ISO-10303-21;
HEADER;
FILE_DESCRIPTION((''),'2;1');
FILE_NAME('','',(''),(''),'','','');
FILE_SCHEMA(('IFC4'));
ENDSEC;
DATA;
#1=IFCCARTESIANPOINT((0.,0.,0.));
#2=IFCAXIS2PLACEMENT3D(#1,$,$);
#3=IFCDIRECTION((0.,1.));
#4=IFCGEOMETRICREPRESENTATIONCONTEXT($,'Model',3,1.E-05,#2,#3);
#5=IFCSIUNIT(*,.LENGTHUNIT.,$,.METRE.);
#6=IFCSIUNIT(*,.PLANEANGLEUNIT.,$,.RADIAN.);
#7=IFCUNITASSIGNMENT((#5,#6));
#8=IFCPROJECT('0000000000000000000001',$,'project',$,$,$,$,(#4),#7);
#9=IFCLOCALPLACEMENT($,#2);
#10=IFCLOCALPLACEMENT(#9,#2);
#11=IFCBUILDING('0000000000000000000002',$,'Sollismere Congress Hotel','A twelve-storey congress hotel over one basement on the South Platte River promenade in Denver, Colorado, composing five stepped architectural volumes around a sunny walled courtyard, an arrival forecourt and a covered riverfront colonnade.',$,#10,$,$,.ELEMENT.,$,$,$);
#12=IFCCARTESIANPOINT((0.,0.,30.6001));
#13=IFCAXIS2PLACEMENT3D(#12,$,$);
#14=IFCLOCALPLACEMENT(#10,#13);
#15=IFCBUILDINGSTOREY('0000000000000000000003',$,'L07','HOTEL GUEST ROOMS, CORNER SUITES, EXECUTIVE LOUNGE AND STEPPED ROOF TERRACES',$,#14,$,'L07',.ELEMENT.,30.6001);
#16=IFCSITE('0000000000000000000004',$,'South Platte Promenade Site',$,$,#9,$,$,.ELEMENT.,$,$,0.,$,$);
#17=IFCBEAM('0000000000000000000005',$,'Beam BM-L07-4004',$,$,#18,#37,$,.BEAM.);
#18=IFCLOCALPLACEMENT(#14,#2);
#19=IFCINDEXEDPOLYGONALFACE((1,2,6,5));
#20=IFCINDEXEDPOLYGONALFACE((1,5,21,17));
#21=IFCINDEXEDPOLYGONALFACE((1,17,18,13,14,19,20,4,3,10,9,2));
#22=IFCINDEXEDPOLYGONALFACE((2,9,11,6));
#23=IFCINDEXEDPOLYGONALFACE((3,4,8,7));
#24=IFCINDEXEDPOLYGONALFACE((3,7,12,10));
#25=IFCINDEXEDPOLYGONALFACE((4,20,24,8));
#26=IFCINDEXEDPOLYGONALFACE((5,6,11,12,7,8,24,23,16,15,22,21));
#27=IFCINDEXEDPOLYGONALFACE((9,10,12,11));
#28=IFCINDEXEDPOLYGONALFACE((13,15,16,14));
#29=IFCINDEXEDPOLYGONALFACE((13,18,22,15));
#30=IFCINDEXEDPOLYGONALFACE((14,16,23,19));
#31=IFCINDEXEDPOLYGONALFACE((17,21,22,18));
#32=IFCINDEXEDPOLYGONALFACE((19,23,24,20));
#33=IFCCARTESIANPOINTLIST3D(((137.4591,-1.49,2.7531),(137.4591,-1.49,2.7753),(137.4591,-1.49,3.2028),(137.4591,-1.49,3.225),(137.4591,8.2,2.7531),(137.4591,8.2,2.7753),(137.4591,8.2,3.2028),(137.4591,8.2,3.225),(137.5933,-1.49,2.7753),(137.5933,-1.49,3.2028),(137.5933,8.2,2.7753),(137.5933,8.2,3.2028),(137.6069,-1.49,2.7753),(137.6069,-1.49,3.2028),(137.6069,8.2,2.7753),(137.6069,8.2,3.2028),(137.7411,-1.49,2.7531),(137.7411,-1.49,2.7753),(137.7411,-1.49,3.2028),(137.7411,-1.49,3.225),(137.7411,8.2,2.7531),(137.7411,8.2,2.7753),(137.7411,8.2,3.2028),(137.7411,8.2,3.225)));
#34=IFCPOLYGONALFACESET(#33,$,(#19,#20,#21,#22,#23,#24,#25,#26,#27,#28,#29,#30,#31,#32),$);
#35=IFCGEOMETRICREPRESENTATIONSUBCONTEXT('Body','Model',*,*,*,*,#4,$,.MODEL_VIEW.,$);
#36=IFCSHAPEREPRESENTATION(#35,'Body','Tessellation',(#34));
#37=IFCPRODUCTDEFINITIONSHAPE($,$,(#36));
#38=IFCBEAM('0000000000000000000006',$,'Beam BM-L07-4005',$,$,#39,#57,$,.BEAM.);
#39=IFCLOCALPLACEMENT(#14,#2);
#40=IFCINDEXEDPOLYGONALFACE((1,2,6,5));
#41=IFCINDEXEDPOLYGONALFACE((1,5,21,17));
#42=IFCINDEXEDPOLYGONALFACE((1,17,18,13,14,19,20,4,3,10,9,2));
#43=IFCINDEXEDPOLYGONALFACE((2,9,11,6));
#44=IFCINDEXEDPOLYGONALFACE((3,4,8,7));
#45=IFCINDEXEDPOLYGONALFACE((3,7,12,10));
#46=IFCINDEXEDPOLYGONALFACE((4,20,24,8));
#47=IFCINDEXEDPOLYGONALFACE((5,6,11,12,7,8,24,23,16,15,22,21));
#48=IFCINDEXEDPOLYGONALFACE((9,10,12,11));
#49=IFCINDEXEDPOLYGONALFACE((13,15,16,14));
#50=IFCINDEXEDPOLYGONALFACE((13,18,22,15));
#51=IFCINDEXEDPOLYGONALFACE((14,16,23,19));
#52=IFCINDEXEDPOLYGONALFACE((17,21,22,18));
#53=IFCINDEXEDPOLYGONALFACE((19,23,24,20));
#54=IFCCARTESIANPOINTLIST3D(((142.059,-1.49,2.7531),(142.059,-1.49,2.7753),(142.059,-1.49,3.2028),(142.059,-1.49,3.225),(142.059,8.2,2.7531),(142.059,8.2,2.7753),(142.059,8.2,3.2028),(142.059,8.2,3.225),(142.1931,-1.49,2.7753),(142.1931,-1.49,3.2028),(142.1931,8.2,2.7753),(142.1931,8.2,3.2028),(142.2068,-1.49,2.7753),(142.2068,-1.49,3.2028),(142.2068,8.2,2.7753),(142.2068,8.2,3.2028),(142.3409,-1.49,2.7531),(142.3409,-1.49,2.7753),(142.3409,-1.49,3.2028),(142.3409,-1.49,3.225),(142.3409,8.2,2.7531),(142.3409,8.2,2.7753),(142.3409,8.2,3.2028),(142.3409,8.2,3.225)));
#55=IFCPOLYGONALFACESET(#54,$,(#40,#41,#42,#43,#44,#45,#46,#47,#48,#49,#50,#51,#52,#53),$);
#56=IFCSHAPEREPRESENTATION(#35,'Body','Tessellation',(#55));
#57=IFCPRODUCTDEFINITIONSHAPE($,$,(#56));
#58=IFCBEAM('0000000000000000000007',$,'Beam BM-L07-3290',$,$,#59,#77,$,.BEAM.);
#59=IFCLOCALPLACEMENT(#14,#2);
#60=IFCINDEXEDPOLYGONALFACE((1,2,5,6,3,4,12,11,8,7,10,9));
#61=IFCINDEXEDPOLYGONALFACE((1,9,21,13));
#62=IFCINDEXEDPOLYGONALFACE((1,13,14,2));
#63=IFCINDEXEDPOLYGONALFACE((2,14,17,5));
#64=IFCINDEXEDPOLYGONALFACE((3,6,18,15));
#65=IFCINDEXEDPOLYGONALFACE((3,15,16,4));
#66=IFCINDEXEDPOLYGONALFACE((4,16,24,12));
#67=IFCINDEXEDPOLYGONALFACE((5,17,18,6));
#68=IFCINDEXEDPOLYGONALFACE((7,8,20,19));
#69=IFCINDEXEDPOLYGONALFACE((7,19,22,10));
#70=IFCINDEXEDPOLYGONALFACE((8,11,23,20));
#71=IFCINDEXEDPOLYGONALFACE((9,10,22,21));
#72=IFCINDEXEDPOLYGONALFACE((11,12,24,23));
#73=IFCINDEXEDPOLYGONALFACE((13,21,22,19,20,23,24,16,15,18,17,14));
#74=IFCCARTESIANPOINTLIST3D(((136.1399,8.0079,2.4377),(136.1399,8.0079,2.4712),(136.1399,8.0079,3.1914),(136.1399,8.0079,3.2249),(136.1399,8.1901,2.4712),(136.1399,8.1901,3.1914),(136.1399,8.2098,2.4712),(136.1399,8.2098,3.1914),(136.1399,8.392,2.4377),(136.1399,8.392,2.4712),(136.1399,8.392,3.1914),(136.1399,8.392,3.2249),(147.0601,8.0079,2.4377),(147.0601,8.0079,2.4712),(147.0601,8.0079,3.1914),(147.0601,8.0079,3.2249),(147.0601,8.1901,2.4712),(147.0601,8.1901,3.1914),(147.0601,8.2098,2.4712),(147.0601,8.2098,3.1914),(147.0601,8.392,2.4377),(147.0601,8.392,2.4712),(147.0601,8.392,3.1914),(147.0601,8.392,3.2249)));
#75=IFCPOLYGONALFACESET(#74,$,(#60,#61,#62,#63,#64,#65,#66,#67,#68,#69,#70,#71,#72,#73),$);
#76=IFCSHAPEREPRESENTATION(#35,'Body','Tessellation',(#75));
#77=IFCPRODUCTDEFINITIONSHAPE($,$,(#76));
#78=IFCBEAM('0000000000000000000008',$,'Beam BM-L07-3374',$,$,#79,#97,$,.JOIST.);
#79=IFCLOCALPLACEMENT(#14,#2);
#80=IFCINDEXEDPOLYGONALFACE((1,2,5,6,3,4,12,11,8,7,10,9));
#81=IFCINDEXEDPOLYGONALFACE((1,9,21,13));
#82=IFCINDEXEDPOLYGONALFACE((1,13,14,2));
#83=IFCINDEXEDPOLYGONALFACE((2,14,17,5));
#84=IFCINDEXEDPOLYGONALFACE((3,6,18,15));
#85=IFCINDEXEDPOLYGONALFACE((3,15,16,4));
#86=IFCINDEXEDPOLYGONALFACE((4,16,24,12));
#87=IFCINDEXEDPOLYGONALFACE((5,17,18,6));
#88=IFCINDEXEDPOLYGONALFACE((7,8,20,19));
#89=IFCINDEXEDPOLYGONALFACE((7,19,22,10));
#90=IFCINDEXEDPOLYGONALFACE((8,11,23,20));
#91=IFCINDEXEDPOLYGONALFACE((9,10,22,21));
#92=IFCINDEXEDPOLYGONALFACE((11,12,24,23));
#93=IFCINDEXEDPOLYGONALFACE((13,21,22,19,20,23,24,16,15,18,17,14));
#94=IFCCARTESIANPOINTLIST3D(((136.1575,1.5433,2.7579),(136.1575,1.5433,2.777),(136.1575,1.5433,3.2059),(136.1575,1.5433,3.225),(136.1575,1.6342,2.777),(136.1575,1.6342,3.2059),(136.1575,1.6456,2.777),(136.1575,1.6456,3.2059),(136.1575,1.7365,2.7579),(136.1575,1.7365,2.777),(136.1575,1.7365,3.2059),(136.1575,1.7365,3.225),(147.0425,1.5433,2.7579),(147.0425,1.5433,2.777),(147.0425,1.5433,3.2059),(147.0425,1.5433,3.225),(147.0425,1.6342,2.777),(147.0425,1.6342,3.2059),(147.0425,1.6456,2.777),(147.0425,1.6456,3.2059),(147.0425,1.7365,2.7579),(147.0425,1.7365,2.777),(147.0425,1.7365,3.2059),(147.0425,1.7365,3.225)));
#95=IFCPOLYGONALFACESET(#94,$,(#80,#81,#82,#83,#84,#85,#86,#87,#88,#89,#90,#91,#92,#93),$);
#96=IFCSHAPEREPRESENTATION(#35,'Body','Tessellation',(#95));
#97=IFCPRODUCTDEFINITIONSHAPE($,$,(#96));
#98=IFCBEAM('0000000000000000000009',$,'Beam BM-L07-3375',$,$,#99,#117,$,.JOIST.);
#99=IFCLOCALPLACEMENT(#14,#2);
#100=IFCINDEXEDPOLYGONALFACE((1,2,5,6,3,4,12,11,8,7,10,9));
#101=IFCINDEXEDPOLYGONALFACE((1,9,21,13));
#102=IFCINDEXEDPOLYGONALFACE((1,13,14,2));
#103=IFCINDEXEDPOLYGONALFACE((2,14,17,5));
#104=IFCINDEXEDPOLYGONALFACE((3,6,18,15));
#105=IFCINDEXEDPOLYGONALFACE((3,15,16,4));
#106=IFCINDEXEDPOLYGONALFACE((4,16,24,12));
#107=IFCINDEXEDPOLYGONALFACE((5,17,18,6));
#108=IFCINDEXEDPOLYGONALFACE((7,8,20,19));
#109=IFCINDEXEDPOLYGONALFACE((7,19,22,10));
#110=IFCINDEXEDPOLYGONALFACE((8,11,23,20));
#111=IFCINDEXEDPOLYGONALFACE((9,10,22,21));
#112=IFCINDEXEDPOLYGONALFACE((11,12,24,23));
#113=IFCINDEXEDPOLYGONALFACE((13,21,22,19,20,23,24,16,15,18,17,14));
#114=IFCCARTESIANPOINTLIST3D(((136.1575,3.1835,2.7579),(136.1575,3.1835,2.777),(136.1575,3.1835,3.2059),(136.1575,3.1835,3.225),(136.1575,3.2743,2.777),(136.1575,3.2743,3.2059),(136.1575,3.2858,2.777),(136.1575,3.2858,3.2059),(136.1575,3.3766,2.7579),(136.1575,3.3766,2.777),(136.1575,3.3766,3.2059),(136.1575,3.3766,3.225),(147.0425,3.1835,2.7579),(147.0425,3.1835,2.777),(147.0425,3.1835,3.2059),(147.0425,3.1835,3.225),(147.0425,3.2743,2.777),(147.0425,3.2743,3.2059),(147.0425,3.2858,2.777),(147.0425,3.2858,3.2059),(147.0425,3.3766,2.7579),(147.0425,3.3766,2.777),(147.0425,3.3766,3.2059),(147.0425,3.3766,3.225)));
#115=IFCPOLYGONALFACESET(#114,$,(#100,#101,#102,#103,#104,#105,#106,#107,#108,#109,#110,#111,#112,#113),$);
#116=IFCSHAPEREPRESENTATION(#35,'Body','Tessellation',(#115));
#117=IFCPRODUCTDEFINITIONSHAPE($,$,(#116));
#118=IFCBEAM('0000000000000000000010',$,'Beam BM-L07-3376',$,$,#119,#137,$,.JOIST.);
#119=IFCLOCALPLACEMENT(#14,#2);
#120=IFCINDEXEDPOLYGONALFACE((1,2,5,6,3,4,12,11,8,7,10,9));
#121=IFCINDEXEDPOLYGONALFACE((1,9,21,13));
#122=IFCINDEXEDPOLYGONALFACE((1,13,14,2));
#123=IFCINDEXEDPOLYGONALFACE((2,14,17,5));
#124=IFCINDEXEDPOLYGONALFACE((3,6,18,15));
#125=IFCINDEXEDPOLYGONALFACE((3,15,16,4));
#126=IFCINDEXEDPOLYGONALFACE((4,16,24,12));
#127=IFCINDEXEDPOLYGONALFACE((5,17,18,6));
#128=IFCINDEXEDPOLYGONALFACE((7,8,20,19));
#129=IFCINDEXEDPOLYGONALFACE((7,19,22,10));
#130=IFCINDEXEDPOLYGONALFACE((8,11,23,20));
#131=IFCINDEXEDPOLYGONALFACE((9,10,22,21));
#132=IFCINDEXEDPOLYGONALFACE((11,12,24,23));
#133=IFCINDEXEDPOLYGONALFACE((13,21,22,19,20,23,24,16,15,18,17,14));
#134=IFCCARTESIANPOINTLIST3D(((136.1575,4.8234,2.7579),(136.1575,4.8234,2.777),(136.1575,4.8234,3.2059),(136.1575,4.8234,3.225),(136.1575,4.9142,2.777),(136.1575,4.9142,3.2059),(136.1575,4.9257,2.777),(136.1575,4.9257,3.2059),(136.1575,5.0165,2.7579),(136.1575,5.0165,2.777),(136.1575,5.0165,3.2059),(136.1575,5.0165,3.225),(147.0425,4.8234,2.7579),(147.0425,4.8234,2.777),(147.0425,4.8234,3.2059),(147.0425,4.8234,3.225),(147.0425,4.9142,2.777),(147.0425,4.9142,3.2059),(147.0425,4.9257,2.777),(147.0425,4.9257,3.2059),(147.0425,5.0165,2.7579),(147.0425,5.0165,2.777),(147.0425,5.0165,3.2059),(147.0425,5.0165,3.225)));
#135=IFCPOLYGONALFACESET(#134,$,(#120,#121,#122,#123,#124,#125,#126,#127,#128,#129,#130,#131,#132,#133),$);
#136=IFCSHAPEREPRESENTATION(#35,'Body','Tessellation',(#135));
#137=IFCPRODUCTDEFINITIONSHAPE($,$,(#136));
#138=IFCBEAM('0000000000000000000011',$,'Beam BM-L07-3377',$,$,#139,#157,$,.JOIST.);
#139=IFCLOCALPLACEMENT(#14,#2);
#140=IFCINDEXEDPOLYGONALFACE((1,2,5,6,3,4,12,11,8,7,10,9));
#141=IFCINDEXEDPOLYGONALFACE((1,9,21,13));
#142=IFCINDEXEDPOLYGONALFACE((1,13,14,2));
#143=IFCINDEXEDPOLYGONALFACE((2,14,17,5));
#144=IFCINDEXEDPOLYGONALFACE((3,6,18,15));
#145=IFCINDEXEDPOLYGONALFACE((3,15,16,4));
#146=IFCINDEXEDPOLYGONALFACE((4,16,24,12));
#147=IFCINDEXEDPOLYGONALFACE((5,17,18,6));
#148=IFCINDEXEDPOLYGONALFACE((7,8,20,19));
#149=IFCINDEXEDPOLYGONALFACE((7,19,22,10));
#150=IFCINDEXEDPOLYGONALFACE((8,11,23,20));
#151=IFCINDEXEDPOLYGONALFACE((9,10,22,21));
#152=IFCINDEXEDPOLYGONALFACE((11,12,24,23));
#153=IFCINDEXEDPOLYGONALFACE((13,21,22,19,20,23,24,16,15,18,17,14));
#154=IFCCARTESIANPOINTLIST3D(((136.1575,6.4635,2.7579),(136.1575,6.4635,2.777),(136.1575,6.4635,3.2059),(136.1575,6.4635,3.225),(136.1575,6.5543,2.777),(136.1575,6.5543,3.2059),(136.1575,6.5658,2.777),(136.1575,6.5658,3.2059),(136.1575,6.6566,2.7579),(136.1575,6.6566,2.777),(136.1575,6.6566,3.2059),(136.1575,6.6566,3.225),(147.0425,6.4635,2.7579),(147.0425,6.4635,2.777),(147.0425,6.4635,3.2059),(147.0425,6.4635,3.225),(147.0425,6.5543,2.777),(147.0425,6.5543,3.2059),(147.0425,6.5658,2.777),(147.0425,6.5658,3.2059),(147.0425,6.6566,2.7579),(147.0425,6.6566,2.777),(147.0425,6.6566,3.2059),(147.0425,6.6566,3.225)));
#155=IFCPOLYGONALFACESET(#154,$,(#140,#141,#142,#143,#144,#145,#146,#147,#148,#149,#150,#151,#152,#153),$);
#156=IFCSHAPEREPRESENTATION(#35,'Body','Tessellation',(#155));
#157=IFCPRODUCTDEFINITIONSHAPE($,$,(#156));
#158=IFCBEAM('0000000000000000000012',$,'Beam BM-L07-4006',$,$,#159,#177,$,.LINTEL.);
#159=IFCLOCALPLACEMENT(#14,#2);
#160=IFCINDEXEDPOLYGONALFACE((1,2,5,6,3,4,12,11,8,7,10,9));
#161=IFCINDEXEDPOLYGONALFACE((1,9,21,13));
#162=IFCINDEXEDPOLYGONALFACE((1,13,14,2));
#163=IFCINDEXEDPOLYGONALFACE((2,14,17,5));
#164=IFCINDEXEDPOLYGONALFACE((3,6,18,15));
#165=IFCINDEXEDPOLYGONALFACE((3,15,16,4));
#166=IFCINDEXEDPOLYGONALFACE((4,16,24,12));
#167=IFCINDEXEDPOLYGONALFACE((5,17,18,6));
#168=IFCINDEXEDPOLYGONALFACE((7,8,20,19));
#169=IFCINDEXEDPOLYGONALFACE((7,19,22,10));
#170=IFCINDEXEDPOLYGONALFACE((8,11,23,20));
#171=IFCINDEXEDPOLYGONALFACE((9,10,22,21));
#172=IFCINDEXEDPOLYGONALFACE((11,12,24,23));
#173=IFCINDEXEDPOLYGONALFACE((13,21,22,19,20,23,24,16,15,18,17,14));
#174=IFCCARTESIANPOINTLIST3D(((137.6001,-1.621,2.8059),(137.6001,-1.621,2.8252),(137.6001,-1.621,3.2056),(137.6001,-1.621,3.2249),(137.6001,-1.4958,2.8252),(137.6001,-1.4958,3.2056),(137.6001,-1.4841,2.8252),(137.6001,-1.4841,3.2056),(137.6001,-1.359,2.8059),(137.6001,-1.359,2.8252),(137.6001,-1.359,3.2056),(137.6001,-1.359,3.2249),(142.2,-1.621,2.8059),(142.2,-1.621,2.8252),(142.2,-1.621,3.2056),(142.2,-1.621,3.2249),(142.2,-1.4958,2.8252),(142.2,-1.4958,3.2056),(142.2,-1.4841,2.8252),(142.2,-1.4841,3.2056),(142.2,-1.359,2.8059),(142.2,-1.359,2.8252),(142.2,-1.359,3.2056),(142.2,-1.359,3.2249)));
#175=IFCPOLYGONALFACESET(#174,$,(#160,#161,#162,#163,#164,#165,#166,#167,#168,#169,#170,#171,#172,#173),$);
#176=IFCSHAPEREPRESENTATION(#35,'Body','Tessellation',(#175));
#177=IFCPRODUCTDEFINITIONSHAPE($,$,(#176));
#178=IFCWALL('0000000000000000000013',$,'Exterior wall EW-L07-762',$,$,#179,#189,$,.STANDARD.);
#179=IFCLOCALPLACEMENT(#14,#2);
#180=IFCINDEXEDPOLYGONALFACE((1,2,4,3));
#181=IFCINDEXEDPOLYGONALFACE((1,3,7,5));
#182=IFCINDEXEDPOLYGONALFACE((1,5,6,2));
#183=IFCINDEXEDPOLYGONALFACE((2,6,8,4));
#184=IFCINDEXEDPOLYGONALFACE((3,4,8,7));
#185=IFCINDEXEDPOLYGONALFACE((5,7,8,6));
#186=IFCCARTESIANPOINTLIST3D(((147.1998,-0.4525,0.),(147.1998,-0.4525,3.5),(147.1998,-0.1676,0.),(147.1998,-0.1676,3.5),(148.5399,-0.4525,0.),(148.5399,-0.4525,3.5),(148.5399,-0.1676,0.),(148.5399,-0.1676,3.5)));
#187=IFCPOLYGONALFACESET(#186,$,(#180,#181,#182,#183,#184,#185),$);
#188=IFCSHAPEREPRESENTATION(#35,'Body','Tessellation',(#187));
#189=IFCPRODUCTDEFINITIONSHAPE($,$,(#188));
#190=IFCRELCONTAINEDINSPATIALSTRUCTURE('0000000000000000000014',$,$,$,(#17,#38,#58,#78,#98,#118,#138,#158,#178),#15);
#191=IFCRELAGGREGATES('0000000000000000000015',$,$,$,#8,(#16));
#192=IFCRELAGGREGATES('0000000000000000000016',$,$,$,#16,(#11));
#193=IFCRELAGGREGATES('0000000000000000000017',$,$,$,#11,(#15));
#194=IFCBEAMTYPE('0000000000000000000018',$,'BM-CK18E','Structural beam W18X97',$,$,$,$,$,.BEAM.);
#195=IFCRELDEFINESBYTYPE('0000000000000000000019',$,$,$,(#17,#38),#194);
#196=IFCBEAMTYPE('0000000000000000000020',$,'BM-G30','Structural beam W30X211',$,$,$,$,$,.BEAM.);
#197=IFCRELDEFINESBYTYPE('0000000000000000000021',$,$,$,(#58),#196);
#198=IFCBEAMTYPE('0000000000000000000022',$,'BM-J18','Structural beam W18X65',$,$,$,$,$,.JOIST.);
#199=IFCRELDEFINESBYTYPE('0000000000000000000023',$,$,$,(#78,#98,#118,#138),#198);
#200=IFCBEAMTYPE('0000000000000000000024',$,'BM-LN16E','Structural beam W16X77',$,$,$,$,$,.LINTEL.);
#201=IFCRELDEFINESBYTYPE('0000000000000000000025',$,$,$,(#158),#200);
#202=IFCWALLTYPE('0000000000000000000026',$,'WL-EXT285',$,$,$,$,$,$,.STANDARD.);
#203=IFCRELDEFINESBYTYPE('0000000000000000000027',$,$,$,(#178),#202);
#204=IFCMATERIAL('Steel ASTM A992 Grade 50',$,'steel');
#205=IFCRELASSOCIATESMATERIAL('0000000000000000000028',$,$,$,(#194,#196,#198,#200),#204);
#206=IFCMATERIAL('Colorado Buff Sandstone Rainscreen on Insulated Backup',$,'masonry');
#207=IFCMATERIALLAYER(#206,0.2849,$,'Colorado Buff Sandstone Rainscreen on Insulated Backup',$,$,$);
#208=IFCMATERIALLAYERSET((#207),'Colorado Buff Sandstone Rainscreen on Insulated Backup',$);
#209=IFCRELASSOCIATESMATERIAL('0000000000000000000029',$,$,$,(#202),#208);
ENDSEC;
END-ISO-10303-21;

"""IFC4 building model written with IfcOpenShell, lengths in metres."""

from ifc_helpers import new_model, si_unit, direction, frame, frame_2d, origin, origin_2d, place, context, subcontext, project, spatial, rectangle, i_section, extrude, material, layer, layer_set, material_profile, profile_set, type_object, element, save


model = new_model("IFC4")

# Units and contexts
model_context = context("Model", 3, precision=1e-05, world=origin(), true_north=direction((0.0, 1.0)))
body_context = subcontext(model_context, "Body", "Model", "MODEL_VIEW")
ifc_project = project(units=[si_unit("LENGTHUNIT", "METRE"), si_unit("PLANEANGLEUNIT", "RADIAN")], contexts=[model_context])

# Site, building, storey
site_placement = place(None, origin())
site = spatial("IfcSite", under=ifc_project, at=site_placement, Name="South Platte Promenade Site", CompositionType="ELEMENT", RefElevation=0.0)
building_placement = place(site_placement, origin())
building = spatial("IfcBuilding", under=site, at=building_placement, Name="Sollismere Congress Hotel", Description="A twelve-storey congress hotel over one basement on the South Platte River promenade in Denver, Colorado, composing five stepped architectural volumes around a sunny walled courtyard, an arrival forecourt and a covered riverfront colonnade.", CompositionType="ELEMENT")
storey_placement = place(building_placement, frame((0.0, 0.0, 30.6001)))
storey = spatial("IfcBuildingStorey", under=building, at=storey_placement, Name="L07", Description="HOTEL GUEST ROOMS, CORNER SUITES, EXECUTIVE LOUNGE AND STEPPED ROOF TERRACES", LongName="L07", CompositionType="ELEMENT", Elevation=30.6001)

# Beams
ifc_material_1 = material(Name="Steel ASTM A992 Grade 50", Category="steel")
ifc_material_profile_1 = material_profile(ifc_material_1, i_section(OverallWidth=0.282, OverallDepth=0.4719, WebThickness=0.0137, FlangeThickness=0.0222, at=origin_2d()), Name="W18X97")
ifc_profile_set_1 = profile_set([ifc_material_profile_1], Name="Steel ASTM A992 Grade 50")
beam_type_1 = type_object("IfcBeamType", Name="BM-CK18E", Description="Structural beam W18X97", PredefinedType="BEAM", material=ifc_profile_set_1)
for number, where, z_axis, x_axis, name in (
    (1, (137.6001, 8.2, 2.989), (0.0, -1.0, 0.0), (1.0, 0.0, 0.0), "Beam BM-L07-4004"),
    (2, (142.2, 8.2, 2.989), (0.0, -1.0, 0.0), (1.0, 0.0, 0.0), "Beam BM-L07-4005"),
):
    element("IfcBeam", number, at=place(storey_placement, frame(where, z_axis=z_axis, x_axis=x_axis)), inside=storey, type_object=beam_type_1, Name=name, PredefinedType="BEAM", context=body_context, shape_type="SweptSolid", body=[
        extrude(i_section(OverallWidth=0.282, OverallDepth=0.4719, WebThickness=0.0137, FlangeThickness=0.0222, at=origin_2d()), origin(), (0.0, 0.0, 1.0), 9.6899),
    ])
ifc_material_profile_2 = material_profile(ifc_material_1, i_section(OverallWidth=0.384, OverallDepth=0.7871, WebThickness=0.0198, FlangeThickness=0.0334, at=origin_2d()), Name="W30X211")
ifc_profile_set_2 = profile_set([ifc_material_profile_2], Name="Steel ASTM A992 Grade 50")
beam_type_2 = type_object("IfcBeamType", Name="BM-G30", Description="Structural beam W30X211", PredefinedType="BEAM", material=ifc_profile_set_2)
beam_1_placement = place(storey_placement, frame((136.1399, 8.2, 2.8313), z_axis=(1.0, 0.0, 0.0), x_axis=(0.0, 1.0, 0.0)))
element("IfcBeam", 3, at=beam_1_placement, inside=storey, type_object=beam_type_2, Name="Beam BM-L07-3290", PredefinedType="BEAM", context=body_context, shape_type="SweptSolid", body=[
    extrude(i_section(OverallWidth=0.384, OverallDepth=0.7871, WebThickness=0.0198, FlangeThickness=0.0334, at=origin_2d()), origin(), (0.0, 0.0, 1.0), 10.9202),
])
ifc_material_profile_3 = material_profile(ifc_material_1, i_section(OverallWidth=0.1931, OverallDepth=0.467, WebThickness=0.0115, FlangeThickness=0.019, at=origin_2d()), Name="W18X65")
ifc_profile_set_3 = profile_set([ifc_material_profile_3], Name="Steel ASTM A992 Grade 50")
beam_type_3 = type_object("IfcBeamType", Name="BM-J18", Description="Structural beam W18X65", PredefinedType="JOIST", material=ifc_profile_set_3)
for number, where, z_axis, x_axis, name in (
    (4, (136.1575, 1.6399, 2.9915), (1.0, 0.0, 0.0), (0.0, 1.0, 0.0), "Beam BM-L07-3374"),
    (5, (136.1575, 3.28, 2.9915), (1.0, 0.0, 0.0), (0.0, 1.0, 0.0), "Beam BM-L07-3375"),
    (6, (136.1575, 4.9199, 2.9915), (1.0, 0.0, 0.0), (0.0, 1.0, 0.0), "Beam BM-L07-3376"),
    (7, (136.1575, 6.5601, 2.9915), (1.0, 0.0, 0.0), (0.0, 1.0, 0.0), "Beam BM-L07-3377"),
):
    element("IfcBeam", number, at=place(storey_placement, frame(where, z_axis=z_axis, x_axis=x_axis)), inside=storey, type_object=beam_type_3, Name=name, PredefinedType="JOIST", context=body_context, shape_type="SweptSolid", body=[
        extrude(i_section(OverallWidth=0.1931, OverallDepth=0.467, WebThickness=0.0115, FlangeThickness=0.019, at=origin_2d()), origin(), (0.0, 0.0, 1.0), 10.885),
    ])
ifc_material_profile_4 = material_profile(ifc_material_1, i_section(OverallWidth=0.262, OverallDepth=0.4189, WebThickness=0.0117, FlangeThickness=0.0193, at=origin_2d()), Name="W16X77")
ifc_profile_set_4 = profile_set([ifc_material_profile_4], Name="Steel ASTM A992 Grade 50")
beam_type_4 = type_object("IfcBeamType", Name="BM-LN16E", Description="Structural beam W16X77", PredefinedType="LINTEL", material=ifc_profile_set_4)
beam_2_placement = place(storey_placement, frame((137.6001, -1.49, 3.0154), z_axis=(1.0, 0.0, 0.0), x_axis=(0.0, 1.0, 0.0)))
element("IfcBeam", 8, at=beam_2_placement, inside=storey, type_object=beam_type_4, Name="Beam BM-L07-4006", PredefinedType="LINTEL", context=body_context, shape_type="SweptSolid", body=[
    extrude(i_section(OverallWidth=0.262, OverallDepth=0.4189, WebThickness=0.0117, FlangeThickness=0.0193, at=origin_2d()), origin(), (0.0, 0.0, 1.0), 4.5999),
])

# Wall
ifc_material_2 = material(Name="Colorado Buff Sandstone Rainscreen on Insulated Backup", Category="masonry")
ifc_layer_1 = layer(ifc_material_2, 0.2849, Name="Colorado Buff Sandstone Rainscreen on Insulated Backup")
ifc_layer_set_1 = layer_set([ifc_layer_1], Name="Colorado Buff Sandstone Rainscreen on Insulated Backup")
wall_type_1 = type_object("IfcWallType", Name="WL-EXT285", PredefinedType="STANDARD", material=ifc_layer_set_1)
wall_1_placement = place(storey_placement, frame((147.2, -0.3101, 0.0), z_axis=(0.0, 0.0, 1.0), x_axis=(1.0, 0.0, 0.0)))
element("IfcWall", 9, at=wall_1_placement, inside=storey, type_object=wall_type_1, Name="Exterior wall EW-L07-762", PredefinedType="STANDARD", context=body_context, shape_type="SweptSolid", body=[
    extrude(rectangle(XDim=1.3401, YDim=0.2849, at=frame_2d((0.6699, 0.0))), origin(), (0.0, 0.0, 1.0), 3.5),
])

save(model, "model.ifc")
